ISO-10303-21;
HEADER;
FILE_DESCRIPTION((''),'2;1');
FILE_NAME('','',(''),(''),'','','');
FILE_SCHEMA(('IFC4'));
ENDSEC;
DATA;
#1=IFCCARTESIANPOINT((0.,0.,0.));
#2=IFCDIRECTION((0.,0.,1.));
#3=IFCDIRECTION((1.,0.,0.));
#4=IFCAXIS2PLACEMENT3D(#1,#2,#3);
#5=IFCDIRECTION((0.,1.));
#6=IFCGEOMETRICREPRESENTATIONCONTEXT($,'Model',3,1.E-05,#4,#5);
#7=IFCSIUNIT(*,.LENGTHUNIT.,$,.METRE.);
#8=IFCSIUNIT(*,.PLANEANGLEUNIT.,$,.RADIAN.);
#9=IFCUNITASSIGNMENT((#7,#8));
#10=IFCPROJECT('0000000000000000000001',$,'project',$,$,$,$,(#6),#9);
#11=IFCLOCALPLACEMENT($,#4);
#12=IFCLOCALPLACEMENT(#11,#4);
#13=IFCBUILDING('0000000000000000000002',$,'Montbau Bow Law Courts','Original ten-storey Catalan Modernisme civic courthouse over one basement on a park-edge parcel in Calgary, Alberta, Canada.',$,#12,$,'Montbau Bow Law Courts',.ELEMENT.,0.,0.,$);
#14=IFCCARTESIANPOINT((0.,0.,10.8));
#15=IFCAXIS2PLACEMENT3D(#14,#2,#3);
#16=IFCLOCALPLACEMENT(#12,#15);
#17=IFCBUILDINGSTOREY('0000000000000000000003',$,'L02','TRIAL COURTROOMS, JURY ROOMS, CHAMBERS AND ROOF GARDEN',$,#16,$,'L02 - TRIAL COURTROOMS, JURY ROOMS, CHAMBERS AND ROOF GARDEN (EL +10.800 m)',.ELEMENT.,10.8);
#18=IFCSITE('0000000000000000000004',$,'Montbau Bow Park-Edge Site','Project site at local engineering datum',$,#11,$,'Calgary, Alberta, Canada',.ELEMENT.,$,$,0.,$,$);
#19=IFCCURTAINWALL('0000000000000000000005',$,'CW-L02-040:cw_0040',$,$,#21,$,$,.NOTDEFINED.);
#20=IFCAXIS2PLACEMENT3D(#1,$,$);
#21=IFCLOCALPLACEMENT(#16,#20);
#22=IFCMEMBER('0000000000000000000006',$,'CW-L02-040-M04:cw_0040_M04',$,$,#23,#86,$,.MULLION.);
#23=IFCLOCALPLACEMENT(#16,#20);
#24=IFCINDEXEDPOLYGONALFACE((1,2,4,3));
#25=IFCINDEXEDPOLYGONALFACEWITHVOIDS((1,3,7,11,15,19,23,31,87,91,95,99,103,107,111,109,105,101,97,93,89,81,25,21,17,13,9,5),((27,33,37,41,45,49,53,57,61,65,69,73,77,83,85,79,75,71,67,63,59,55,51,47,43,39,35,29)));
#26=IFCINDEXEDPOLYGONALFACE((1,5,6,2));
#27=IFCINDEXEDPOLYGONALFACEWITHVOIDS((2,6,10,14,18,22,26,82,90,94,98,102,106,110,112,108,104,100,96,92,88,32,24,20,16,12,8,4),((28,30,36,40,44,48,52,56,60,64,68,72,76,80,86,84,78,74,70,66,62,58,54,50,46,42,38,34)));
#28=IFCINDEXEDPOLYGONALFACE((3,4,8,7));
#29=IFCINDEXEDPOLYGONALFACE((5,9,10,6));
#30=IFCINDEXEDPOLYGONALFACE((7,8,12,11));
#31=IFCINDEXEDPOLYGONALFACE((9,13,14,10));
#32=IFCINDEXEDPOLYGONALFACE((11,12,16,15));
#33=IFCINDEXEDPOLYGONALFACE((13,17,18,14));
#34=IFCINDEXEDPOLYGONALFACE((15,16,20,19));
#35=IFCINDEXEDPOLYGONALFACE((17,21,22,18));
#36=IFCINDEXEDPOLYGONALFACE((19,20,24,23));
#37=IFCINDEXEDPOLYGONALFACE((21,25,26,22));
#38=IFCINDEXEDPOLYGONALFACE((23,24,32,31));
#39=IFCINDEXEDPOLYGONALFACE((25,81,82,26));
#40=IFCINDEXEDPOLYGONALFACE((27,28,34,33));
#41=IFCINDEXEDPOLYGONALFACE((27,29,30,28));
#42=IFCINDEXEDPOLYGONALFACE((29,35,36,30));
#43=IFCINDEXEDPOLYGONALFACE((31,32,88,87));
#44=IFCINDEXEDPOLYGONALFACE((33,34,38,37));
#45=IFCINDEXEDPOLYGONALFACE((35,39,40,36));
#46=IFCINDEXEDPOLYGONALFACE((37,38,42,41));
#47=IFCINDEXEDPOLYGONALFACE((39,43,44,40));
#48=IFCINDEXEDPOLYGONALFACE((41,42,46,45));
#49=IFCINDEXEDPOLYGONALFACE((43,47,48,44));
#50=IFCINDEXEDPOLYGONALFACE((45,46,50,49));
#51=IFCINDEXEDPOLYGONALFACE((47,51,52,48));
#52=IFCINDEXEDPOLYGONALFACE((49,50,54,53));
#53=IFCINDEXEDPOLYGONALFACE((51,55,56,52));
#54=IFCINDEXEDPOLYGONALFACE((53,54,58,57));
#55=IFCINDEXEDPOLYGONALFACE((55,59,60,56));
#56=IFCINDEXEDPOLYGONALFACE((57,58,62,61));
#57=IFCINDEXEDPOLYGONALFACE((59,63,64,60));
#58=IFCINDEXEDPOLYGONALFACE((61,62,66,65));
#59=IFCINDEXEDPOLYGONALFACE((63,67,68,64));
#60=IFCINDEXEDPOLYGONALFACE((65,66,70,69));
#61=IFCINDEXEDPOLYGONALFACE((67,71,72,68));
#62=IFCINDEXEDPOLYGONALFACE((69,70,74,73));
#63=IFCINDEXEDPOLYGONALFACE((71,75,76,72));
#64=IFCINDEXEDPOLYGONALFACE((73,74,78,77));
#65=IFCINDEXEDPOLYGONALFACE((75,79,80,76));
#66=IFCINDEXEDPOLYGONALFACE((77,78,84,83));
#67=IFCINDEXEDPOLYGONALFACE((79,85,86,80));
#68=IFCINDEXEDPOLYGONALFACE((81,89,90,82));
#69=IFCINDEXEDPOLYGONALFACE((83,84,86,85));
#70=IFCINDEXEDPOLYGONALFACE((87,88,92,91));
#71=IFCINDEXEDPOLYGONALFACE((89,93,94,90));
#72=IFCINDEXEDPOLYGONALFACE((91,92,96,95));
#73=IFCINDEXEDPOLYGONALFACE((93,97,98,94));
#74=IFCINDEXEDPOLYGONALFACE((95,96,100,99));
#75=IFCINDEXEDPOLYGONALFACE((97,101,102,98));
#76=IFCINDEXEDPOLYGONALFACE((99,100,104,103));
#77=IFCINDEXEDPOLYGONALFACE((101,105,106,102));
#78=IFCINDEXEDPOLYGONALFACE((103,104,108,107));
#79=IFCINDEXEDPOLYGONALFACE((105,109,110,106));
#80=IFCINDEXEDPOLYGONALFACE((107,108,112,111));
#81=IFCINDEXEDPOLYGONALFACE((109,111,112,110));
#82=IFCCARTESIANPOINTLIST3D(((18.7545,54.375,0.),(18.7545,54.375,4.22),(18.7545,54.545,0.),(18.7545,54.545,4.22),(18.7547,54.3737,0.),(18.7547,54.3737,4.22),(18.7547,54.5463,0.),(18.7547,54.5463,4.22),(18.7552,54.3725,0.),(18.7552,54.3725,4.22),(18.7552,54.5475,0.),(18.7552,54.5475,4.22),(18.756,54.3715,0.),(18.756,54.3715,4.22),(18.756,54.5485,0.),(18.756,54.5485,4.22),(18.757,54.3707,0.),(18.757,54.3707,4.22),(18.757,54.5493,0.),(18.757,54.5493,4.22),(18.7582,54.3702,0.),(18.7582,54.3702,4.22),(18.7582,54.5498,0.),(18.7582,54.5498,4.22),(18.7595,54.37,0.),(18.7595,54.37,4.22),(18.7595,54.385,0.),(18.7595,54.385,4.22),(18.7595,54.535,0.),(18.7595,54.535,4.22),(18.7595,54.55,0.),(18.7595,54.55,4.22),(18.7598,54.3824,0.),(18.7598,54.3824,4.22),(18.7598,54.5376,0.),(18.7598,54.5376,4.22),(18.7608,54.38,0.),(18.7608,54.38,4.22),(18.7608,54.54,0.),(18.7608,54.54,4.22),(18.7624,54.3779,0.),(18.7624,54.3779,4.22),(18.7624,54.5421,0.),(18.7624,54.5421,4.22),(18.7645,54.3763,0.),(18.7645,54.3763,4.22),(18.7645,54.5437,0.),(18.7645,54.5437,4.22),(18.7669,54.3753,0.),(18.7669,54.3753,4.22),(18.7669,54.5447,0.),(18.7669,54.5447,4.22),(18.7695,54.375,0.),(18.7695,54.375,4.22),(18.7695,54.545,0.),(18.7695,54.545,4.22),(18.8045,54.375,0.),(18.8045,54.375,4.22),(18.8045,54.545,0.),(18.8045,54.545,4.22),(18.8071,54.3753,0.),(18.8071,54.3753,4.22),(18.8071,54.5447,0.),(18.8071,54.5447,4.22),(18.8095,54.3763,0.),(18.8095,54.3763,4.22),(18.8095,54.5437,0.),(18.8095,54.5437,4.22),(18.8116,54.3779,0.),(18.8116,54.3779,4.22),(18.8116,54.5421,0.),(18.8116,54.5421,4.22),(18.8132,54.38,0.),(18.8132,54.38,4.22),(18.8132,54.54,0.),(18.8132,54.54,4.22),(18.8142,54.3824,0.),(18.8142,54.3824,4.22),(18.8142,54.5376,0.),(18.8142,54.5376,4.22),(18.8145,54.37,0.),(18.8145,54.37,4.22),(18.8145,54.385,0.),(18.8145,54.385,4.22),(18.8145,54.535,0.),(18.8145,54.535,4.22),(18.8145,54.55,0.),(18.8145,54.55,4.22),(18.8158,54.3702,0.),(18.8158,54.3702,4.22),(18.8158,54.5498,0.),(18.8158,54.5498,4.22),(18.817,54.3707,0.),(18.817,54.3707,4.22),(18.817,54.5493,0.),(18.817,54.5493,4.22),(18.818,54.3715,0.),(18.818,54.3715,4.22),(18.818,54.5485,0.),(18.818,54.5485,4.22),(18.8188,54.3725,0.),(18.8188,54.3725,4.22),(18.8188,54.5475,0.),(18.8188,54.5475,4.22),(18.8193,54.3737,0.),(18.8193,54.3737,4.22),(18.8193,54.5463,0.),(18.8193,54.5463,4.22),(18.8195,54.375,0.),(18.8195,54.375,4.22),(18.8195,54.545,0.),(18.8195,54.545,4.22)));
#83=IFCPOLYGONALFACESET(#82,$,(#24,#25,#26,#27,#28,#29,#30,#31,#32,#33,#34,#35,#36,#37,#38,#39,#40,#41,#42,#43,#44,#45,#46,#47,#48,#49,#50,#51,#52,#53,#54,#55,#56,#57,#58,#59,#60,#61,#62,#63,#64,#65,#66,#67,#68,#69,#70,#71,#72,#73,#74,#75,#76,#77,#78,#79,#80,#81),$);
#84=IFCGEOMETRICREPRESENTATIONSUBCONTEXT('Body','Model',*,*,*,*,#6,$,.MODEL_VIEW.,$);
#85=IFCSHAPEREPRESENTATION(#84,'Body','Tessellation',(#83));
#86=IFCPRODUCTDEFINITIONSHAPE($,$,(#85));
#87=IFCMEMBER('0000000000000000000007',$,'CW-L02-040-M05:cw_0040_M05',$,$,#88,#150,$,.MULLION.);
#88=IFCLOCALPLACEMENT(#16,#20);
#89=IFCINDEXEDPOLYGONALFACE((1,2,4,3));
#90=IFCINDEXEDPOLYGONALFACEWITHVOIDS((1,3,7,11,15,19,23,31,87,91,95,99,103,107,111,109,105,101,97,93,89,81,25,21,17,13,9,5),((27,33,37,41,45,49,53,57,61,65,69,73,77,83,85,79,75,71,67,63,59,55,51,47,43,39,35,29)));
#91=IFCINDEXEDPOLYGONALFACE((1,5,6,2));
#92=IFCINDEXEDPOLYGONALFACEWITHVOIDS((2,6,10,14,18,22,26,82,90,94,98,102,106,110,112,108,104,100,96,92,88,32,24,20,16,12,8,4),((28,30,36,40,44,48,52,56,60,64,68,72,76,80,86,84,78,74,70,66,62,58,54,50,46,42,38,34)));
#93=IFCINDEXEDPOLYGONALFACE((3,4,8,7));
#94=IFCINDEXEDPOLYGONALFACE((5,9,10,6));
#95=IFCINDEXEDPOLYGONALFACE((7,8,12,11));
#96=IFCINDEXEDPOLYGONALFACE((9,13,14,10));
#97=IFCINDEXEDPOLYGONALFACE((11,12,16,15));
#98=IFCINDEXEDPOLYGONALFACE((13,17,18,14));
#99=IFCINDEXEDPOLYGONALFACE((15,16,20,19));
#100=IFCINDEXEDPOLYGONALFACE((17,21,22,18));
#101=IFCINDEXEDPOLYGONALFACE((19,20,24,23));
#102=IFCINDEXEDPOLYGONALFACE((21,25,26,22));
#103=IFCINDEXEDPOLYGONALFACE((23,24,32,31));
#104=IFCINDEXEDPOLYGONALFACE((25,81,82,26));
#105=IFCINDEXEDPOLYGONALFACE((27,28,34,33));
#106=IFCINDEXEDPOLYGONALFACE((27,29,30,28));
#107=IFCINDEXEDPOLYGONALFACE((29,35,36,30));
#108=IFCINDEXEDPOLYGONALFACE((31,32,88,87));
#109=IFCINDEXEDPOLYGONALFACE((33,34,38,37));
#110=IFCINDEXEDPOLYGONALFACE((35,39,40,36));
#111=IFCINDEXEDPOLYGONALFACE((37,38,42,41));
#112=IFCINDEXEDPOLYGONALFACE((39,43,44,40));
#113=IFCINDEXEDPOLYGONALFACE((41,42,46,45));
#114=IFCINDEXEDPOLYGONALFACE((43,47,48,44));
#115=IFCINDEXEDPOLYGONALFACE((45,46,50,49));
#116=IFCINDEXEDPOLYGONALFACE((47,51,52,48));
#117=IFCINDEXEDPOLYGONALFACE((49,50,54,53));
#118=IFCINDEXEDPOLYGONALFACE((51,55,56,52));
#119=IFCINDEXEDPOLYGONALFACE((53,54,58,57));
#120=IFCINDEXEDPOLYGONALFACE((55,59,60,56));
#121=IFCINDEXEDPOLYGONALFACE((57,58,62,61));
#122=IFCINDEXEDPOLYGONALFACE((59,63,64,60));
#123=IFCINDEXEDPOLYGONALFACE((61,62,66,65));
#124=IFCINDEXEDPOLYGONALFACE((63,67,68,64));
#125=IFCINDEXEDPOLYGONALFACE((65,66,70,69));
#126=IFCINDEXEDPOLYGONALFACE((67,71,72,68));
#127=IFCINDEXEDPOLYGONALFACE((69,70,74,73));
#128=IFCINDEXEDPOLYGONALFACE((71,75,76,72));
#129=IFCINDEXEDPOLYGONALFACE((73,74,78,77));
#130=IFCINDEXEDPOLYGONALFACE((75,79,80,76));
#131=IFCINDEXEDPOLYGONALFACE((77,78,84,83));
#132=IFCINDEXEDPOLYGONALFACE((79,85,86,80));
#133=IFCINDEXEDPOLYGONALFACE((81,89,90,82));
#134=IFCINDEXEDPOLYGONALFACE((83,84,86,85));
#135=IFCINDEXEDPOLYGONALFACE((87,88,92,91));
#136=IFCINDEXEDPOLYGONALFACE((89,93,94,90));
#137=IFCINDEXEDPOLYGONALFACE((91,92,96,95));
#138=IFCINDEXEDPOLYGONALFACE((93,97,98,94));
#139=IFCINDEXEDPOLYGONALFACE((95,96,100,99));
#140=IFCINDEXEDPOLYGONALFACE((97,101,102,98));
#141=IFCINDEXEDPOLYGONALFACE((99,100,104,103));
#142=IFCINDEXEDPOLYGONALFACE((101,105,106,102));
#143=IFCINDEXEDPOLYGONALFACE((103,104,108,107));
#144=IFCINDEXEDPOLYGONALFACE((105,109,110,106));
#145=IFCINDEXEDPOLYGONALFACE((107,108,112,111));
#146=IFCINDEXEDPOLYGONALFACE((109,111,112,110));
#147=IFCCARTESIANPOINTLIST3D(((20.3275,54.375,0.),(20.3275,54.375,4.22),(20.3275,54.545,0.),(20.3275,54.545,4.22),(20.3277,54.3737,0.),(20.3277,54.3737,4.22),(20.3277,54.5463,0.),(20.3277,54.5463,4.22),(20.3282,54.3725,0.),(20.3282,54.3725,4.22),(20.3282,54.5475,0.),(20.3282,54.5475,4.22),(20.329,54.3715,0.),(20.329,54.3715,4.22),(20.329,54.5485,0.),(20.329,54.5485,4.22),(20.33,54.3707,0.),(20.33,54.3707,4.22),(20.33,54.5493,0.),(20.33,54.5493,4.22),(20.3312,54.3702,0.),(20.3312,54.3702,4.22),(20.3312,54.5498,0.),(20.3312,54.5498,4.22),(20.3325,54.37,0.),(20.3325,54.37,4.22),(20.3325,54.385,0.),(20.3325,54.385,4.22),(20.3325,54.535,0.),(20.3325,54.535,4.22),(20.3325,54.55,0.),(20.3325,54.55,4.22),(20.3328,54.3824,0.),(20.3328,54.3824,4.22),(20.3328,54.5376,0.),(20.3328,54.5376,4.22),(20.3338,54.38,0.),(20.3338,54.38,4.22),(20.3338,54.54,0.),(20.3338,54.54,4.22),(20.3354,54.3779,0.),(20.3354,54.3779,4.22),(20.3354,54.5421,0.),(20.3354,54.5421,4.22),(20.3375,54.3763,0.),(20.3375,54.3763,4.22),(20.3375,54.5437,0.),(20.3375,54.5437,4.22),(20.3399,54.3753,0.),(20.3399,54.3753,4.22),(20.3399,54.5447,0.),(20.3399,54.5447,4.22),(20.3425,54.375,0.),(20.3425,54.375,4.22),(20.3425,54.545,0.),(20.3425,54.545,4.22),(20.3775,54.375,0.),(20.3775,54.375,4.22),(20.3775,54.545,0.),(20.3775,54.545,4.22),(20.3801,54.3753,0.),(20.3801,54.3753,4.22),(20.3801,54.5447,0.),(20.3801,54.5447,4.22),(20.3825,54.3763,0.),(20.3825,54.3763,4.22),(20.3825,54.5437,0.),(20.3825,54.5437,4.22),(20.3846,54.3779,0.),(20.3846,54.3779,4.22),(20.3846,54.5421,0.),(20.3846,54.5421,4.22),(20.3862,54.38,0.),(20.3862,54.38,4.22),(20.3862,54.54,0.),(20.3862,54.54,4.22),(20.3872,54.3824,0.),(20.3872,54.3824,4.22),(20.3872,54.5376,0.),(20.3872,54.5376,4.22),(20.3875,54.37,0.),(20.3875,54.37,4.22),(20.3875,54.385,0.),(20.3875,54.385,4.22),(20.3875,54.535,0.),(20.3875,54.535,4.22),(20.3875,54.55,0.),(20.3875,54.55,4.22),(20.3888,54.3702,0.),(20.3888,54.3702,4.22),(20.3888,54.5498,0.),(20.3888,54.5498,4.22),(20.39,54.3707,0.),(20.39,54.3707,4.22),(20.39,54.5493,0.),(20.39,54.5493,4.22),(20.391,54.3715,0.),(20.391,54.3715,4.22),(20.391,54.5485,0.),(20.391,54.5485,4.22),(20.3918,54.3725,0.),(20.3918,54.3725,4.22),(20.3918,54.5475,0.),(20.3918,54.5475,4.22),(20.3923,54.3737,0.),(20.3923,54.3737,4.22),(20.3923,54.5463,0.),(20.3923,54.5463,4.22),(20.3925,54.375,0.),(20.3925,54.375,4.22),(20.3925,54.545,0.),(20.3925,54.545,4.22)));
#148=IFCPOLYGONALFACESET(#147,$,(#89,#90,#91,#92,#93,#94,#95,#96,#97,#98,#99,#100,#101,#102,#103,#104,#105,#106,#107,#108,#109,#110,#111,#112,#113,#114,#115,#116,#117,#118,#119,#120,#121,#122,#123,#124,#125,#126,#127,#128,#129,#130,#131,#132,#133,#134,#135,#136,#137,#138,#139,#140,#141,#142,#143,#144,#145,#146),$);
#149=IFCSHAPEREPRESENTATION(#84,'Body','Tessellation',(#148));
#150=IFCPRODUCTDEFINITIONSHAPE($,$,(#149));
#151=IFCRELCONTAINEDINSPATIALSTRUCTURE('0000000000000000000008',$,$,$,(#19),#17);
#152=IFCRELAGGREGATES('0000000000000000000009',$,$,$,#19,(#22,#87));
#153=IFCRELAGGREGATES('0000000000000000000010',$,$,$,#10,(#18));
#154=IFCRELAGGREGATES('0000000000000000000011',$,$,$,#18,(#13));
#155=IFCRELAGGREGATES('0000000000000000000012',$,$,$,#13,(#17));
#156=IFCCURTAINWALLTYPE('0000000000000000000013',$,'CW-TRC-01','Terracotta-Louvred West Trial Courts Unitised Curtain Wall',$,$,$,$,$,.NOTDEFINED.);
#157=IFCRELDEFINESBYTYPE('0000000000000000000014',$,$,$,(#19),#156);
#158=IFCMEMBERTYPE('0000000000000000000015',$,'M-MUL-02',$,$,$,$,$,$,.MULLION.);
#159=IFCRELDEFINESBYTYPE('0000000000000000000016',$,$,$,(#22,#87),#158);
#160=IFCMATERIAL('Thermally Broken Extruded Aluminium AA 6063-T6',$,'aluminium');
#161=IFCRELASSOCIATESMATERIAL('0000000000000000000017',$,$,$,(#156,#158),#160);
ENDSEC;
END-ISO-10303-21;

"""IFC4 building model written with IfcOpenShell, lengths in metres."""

from ifc_helpers import new_model, si_unit, direction, frame, origin_with_axes, origin_2d_with_axis, place, context, subcontext, project, spatial, hollow_rectangle, extrude, material, material_profile, profile_set, type_object, element, aggregate, save


model = new_model("IFC4")

# Units and contexts
model_context = context("Model", 3, precision=1e-05, world=origin_with_axes(), true_north=direction((0.0, 1.0)))
body_context = subcontext(model_context, "Body", "Model", "MODEL_VIEW")
ifc_project = project(units=[si_unit("LENGTHUNIT", "METRE"), si_unit("PLANEANGLEUNIT", "RADIAN")], contexts=[model_context])

# Site, building, storey
site_placement = place(None, origin_with_axes())
site = spatial("IfcSite", under=ifc_project, at=site_placement, Name="Montbau Bow Park-Edge Site", Description="Project site at local engineering datum", LongName="Calgary, Alberta, Canada", CompositionType="ELEMENT", RefElevation=0.0)
building_placement = place(site_placement, origin_with_axes())
building = spatial("IfcBuilding", under=site, at=building_placement, Name="Montbau Bow Law Courts", Description="Original ten-storey Catalan Modernisme civic courthouse over one basement on a park-edge parcel in Calgary, Alberta, Canada.", LongName="Montbau Bow Law Courts", CompositionType="ELEMENT", ElevationOfRefHeight=0.0, ElevationOfTerrain=0.0)
storey_placement = place(building_placement, frame((0.0, 0.0, 10.8), z_axis=(0.0, 0.0, 1.0), x_axis=(1.0, 0.0, 0.0)))
storey = spatial("IfcBuildingStorey", under=building, at=storey_placement, Name="L02", Description="TRIAL COURTROOMS, JURY ROOMS, CHAMBERS AND ROOF GARDEN", LongName="L02 - TRIAL COURTROOMS, JURY ROOMS, CHAMBERS AND ROOF GARDEN (EL +10.800 m)", CompositionType="ELEMENT", Elevation=10.8)

# Curtain wall, members
ifc_material_1 = material(Name="Thermally Broken Extruded Aluminium AA 6063-T6", Category="aluminium")
curtain_wall_type = type_object("IfcCurtainWallType", Name="CW-TRC-01", Description="Terracotta-Louvred West Trial Courts Unitised Curtain Wall", PredefinedType="NOTDEFINED", material=ifc_material_1)
curtain_wall_1_placement = place(None, frame((14.068, 54.46, 10.8), z_axis=(0.0, 0.0, 1.0), x_axis=(1.0, 0.0, 0.0)))
curtain_wall_1 = element("IfcCurtainWall", 1, at=curtain_wall_1_placement, inside=storey, type_object=curtain_wall_type, Name="CW-L02-040:cw_0040", PredefinedType="NOTDEFINED")
ifc_material_profile_1 = material_profile(ifc_material_1, hollow_rectangle(XDim=0.065, YDim=0.18, WallThickness=0.005, InnerFilletRadius=0.01, OuterFilletRadius=0.005, at=origin_2d_with_axis()), Name="CWM-180X65", Category="Main", Priority=0)
ifc_profile_set_1 = profile_set([ifc_material_profile_1], Name="Thermally Broken Extruded Aluminium AA 6063-T6")
member_type_1 = type_object("IfcMemberType", Name="M-MUL-02", PredefinedType="MULLION", material=ifc_profile_set_1)
member_1_placement = place(None, frame((18.787, 54.46, 10.8), z_axis=(0.0, 0.0, 1.0), x_axis=(1.0, 0.0, 0.0)))
member_1 = element("IfcMember", 2, at=member_1_placement, type_object=member_type_1, Name="CW-L02-040-M04:cw_0040_M04", PredefinedType="MULLION", context=body_context, shape_type="SweptSolid", body=[
    extrude(hollow_rectangle(XDim=0.065, YDim=0.18, WallThickness=0.005, InnerFilletRadius=0.01, OuterFilletRadius=0.005, at=origin_2d_with_axis()), origin_with_axes(), (0.0, 0.0, 1.0), 4.22),
])
member_2_placement = place(None, frame((20.36, 54.46, 10.8), z_axis=(0.0, 0.0, 1.0), x_axis=(1.0, 0.0, 0.0)))
member_2 = element("IfcMember", 3, at=member_2_placement, type_object=member_type_1, Name="CW-L02-040-M05:cw_0040_M05", PredefinedType="MULLION", context=body_context, shape_type="SweptSolid", body=[
    extrude(hollow_rectangle(XDim=0.065, YDim=0.18, WallThickness=0.005, InnerFilletRadius=0.01, OuterFilletRadius=0.005, at=origin_2d_with_axis()), origin_with_axes(), (0.0, 0.0, 1.0), 4.22),
])

aggregate(curtain_wall_1, [member_1, member_2])

save(model, "model.ifc")
